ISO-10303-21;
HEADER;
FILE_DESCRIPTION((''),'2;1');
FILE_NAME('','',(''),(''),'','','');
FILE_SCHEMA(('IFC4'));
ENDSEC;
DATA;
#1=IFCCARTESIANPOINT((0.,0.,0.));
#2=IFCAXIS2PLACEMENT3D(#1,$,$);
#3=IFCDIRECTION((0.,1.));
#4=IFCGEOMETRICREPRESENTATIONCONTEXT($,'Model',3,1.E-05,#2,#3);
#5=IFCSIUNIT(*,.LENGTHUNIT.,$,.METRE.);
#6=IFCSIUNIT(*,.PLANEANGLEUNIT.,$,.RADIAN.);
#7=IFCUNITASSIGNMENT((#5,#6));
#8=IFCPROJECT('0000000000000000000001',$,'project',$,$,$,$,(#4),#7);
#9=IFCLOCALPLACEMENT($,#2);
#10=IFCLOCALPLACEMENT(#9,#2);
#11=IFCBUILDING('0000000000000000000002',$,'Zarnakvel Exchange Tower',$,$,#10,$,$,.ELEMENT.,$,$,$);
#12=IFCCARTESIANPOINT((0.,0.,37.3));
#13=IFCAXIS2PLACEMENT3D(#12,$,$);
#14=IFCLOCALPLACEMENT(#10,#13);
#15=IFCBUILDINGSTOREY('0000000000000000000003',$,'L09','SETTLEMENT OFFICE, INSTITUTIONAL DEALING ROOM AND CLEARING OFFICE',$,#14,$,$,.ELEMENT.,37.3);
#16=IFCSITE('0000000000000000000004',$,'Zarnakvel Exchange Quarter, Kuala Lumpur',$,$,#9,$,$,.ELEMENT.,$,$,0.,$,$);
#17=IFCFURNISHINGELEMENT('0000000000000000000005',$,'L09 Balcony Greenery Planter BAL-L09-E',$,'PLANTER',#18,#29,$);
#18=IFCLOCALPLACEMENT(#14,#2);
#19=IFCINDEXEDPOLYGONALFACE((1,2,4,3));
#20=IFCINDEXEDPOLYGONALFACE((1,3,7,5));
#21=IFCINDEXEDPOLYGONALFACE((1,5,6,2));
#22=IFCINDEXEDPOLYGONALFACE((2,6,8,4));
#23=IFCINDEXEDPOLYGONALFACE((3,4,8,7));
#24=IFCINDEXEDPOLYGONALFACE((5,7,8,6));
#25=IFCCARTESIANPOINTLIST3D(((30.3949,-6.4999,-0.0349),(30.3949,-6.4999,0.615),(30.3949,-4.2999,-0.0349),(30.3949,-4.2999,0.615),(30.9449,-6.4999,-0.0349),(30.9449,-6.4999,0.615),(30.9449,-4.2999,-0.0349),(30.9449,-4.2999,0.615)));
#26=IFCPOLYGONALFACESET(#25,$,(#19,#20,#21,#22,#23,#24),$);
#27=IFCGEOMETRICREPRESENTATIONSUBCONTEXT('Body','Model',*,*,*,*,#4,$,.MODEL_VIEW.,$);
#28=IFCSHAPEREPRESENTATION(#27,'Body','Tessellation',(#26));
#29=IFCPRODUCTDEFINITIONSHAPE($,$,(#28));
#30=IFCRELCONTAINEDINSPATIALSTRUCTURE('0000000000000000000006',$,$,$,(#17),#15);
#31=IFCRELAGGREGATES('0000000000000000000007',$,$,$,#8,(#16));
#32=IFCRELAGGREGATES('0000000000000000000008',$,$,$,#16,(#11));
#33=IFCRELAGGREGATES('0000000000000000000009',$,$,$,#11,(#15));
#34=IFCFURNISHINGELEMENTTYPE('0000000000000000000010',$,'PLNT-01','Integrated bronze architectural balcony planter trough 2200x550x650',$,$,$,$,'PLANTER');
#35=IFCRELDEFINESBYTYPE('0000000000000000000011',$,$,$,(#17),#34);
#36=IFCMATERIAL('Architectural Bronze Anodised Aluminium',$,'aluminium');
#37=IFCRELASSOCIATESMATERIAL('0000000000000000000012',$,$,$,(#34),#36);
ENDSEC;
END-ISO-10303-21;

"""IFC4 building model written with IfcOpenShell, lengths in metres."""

from ifc_helpers import new_model, si_unit, direction, frame, origin, origin_2d, place, context, subcontext, project, spatial, rectangle, extrude, source, transform, mapped, material, type_object, element, save


model = new_model("IFC4")

# Units and contexts
model_context = context("Model", 3, precision=1e-05, world=origin(), true_north=direction((0.0, 1.0)))
body_context = subcontext(model_context, "Body", "Model", "MODEL_VIEW")
ifc_project = project(units=[si_unit("LENGTHUNIT", "METRE"), si_unit("PLANEANGLEUNIT", "RADIAN")], contexts=[model_context])

# Site, building, storey
site_placement = place(None, origin())
site = spatial("IfcSite", under=ifc_project, at=site_placement, Name="Zarnakvel Exchange Quarter, Kuala Lumpur", CompositionType="ELEMENT", RefElevation=0.0)
building_placement = place(site_placement, origin())
building = spatial("IfcBuilding", under=site, at=building_placement, Name="Zarnakvel Exchange Tower", CompositionType="ELEMENT")
storey_placement = place(building_placement, frame((0.0, 0.0, 37.3)))
storey = spatial("IfcBuildingStorey", under=building, at=storey_placement, Name="L09", Description="SETTLEMENT OFFICE, INSTITUTIONAL DEALING ROOM AND CLEARING OFFICE", CompositionType="ELEMENT", Elevation=37.3)

# Shared definitions
ifc_material_1 = material(Name="Architectural Bronze Anodised Aluminium", Category="aluminium")

# Furnishing element
furnishing_element_type = type_object("IfcFurnishingElementType", Name="PLNT-01", Description="Integrated bronze architectural balcony planter trough 2200x550x650", ElementType="PLANTER", material=ifc_material_1)
shared_shape_1 = source(origin(), body_context, "Body", "SweptSolid", [
    extrude(rectangle(XDim=2.2, YDim=0.55, at=origin_2d()), origin(), (0.0, 0.0, 1.0), 0.6499),
])
furnishing_placement = place(storey_placement, frame((30.6699, -5.3999, -0.0349), z_axis=(0.0, 0.0, 1.0), x_axis=(0.0, 1.0, 0.0)))
element("IfcFurnishingElement", 1, at=furnishing_placement, inside=storey, type_object=furnishing_element_type, Name="L09 Balcony Greenery Planter BAL-L09-E", ObjectType="PLANTER", context=body_context, shape_type="MappedRepresentation", body=[
    mapped(shared_shape_1, transform((0.0, 0.0, 0.0), x_axis=(1.0, 0.0, 0.0), y_axis=(0.0, 1.0, 0.0), z_axis=(0.0, 0.0, 1.0), scale=1.0)),
])

save(model, "model.ifc")
